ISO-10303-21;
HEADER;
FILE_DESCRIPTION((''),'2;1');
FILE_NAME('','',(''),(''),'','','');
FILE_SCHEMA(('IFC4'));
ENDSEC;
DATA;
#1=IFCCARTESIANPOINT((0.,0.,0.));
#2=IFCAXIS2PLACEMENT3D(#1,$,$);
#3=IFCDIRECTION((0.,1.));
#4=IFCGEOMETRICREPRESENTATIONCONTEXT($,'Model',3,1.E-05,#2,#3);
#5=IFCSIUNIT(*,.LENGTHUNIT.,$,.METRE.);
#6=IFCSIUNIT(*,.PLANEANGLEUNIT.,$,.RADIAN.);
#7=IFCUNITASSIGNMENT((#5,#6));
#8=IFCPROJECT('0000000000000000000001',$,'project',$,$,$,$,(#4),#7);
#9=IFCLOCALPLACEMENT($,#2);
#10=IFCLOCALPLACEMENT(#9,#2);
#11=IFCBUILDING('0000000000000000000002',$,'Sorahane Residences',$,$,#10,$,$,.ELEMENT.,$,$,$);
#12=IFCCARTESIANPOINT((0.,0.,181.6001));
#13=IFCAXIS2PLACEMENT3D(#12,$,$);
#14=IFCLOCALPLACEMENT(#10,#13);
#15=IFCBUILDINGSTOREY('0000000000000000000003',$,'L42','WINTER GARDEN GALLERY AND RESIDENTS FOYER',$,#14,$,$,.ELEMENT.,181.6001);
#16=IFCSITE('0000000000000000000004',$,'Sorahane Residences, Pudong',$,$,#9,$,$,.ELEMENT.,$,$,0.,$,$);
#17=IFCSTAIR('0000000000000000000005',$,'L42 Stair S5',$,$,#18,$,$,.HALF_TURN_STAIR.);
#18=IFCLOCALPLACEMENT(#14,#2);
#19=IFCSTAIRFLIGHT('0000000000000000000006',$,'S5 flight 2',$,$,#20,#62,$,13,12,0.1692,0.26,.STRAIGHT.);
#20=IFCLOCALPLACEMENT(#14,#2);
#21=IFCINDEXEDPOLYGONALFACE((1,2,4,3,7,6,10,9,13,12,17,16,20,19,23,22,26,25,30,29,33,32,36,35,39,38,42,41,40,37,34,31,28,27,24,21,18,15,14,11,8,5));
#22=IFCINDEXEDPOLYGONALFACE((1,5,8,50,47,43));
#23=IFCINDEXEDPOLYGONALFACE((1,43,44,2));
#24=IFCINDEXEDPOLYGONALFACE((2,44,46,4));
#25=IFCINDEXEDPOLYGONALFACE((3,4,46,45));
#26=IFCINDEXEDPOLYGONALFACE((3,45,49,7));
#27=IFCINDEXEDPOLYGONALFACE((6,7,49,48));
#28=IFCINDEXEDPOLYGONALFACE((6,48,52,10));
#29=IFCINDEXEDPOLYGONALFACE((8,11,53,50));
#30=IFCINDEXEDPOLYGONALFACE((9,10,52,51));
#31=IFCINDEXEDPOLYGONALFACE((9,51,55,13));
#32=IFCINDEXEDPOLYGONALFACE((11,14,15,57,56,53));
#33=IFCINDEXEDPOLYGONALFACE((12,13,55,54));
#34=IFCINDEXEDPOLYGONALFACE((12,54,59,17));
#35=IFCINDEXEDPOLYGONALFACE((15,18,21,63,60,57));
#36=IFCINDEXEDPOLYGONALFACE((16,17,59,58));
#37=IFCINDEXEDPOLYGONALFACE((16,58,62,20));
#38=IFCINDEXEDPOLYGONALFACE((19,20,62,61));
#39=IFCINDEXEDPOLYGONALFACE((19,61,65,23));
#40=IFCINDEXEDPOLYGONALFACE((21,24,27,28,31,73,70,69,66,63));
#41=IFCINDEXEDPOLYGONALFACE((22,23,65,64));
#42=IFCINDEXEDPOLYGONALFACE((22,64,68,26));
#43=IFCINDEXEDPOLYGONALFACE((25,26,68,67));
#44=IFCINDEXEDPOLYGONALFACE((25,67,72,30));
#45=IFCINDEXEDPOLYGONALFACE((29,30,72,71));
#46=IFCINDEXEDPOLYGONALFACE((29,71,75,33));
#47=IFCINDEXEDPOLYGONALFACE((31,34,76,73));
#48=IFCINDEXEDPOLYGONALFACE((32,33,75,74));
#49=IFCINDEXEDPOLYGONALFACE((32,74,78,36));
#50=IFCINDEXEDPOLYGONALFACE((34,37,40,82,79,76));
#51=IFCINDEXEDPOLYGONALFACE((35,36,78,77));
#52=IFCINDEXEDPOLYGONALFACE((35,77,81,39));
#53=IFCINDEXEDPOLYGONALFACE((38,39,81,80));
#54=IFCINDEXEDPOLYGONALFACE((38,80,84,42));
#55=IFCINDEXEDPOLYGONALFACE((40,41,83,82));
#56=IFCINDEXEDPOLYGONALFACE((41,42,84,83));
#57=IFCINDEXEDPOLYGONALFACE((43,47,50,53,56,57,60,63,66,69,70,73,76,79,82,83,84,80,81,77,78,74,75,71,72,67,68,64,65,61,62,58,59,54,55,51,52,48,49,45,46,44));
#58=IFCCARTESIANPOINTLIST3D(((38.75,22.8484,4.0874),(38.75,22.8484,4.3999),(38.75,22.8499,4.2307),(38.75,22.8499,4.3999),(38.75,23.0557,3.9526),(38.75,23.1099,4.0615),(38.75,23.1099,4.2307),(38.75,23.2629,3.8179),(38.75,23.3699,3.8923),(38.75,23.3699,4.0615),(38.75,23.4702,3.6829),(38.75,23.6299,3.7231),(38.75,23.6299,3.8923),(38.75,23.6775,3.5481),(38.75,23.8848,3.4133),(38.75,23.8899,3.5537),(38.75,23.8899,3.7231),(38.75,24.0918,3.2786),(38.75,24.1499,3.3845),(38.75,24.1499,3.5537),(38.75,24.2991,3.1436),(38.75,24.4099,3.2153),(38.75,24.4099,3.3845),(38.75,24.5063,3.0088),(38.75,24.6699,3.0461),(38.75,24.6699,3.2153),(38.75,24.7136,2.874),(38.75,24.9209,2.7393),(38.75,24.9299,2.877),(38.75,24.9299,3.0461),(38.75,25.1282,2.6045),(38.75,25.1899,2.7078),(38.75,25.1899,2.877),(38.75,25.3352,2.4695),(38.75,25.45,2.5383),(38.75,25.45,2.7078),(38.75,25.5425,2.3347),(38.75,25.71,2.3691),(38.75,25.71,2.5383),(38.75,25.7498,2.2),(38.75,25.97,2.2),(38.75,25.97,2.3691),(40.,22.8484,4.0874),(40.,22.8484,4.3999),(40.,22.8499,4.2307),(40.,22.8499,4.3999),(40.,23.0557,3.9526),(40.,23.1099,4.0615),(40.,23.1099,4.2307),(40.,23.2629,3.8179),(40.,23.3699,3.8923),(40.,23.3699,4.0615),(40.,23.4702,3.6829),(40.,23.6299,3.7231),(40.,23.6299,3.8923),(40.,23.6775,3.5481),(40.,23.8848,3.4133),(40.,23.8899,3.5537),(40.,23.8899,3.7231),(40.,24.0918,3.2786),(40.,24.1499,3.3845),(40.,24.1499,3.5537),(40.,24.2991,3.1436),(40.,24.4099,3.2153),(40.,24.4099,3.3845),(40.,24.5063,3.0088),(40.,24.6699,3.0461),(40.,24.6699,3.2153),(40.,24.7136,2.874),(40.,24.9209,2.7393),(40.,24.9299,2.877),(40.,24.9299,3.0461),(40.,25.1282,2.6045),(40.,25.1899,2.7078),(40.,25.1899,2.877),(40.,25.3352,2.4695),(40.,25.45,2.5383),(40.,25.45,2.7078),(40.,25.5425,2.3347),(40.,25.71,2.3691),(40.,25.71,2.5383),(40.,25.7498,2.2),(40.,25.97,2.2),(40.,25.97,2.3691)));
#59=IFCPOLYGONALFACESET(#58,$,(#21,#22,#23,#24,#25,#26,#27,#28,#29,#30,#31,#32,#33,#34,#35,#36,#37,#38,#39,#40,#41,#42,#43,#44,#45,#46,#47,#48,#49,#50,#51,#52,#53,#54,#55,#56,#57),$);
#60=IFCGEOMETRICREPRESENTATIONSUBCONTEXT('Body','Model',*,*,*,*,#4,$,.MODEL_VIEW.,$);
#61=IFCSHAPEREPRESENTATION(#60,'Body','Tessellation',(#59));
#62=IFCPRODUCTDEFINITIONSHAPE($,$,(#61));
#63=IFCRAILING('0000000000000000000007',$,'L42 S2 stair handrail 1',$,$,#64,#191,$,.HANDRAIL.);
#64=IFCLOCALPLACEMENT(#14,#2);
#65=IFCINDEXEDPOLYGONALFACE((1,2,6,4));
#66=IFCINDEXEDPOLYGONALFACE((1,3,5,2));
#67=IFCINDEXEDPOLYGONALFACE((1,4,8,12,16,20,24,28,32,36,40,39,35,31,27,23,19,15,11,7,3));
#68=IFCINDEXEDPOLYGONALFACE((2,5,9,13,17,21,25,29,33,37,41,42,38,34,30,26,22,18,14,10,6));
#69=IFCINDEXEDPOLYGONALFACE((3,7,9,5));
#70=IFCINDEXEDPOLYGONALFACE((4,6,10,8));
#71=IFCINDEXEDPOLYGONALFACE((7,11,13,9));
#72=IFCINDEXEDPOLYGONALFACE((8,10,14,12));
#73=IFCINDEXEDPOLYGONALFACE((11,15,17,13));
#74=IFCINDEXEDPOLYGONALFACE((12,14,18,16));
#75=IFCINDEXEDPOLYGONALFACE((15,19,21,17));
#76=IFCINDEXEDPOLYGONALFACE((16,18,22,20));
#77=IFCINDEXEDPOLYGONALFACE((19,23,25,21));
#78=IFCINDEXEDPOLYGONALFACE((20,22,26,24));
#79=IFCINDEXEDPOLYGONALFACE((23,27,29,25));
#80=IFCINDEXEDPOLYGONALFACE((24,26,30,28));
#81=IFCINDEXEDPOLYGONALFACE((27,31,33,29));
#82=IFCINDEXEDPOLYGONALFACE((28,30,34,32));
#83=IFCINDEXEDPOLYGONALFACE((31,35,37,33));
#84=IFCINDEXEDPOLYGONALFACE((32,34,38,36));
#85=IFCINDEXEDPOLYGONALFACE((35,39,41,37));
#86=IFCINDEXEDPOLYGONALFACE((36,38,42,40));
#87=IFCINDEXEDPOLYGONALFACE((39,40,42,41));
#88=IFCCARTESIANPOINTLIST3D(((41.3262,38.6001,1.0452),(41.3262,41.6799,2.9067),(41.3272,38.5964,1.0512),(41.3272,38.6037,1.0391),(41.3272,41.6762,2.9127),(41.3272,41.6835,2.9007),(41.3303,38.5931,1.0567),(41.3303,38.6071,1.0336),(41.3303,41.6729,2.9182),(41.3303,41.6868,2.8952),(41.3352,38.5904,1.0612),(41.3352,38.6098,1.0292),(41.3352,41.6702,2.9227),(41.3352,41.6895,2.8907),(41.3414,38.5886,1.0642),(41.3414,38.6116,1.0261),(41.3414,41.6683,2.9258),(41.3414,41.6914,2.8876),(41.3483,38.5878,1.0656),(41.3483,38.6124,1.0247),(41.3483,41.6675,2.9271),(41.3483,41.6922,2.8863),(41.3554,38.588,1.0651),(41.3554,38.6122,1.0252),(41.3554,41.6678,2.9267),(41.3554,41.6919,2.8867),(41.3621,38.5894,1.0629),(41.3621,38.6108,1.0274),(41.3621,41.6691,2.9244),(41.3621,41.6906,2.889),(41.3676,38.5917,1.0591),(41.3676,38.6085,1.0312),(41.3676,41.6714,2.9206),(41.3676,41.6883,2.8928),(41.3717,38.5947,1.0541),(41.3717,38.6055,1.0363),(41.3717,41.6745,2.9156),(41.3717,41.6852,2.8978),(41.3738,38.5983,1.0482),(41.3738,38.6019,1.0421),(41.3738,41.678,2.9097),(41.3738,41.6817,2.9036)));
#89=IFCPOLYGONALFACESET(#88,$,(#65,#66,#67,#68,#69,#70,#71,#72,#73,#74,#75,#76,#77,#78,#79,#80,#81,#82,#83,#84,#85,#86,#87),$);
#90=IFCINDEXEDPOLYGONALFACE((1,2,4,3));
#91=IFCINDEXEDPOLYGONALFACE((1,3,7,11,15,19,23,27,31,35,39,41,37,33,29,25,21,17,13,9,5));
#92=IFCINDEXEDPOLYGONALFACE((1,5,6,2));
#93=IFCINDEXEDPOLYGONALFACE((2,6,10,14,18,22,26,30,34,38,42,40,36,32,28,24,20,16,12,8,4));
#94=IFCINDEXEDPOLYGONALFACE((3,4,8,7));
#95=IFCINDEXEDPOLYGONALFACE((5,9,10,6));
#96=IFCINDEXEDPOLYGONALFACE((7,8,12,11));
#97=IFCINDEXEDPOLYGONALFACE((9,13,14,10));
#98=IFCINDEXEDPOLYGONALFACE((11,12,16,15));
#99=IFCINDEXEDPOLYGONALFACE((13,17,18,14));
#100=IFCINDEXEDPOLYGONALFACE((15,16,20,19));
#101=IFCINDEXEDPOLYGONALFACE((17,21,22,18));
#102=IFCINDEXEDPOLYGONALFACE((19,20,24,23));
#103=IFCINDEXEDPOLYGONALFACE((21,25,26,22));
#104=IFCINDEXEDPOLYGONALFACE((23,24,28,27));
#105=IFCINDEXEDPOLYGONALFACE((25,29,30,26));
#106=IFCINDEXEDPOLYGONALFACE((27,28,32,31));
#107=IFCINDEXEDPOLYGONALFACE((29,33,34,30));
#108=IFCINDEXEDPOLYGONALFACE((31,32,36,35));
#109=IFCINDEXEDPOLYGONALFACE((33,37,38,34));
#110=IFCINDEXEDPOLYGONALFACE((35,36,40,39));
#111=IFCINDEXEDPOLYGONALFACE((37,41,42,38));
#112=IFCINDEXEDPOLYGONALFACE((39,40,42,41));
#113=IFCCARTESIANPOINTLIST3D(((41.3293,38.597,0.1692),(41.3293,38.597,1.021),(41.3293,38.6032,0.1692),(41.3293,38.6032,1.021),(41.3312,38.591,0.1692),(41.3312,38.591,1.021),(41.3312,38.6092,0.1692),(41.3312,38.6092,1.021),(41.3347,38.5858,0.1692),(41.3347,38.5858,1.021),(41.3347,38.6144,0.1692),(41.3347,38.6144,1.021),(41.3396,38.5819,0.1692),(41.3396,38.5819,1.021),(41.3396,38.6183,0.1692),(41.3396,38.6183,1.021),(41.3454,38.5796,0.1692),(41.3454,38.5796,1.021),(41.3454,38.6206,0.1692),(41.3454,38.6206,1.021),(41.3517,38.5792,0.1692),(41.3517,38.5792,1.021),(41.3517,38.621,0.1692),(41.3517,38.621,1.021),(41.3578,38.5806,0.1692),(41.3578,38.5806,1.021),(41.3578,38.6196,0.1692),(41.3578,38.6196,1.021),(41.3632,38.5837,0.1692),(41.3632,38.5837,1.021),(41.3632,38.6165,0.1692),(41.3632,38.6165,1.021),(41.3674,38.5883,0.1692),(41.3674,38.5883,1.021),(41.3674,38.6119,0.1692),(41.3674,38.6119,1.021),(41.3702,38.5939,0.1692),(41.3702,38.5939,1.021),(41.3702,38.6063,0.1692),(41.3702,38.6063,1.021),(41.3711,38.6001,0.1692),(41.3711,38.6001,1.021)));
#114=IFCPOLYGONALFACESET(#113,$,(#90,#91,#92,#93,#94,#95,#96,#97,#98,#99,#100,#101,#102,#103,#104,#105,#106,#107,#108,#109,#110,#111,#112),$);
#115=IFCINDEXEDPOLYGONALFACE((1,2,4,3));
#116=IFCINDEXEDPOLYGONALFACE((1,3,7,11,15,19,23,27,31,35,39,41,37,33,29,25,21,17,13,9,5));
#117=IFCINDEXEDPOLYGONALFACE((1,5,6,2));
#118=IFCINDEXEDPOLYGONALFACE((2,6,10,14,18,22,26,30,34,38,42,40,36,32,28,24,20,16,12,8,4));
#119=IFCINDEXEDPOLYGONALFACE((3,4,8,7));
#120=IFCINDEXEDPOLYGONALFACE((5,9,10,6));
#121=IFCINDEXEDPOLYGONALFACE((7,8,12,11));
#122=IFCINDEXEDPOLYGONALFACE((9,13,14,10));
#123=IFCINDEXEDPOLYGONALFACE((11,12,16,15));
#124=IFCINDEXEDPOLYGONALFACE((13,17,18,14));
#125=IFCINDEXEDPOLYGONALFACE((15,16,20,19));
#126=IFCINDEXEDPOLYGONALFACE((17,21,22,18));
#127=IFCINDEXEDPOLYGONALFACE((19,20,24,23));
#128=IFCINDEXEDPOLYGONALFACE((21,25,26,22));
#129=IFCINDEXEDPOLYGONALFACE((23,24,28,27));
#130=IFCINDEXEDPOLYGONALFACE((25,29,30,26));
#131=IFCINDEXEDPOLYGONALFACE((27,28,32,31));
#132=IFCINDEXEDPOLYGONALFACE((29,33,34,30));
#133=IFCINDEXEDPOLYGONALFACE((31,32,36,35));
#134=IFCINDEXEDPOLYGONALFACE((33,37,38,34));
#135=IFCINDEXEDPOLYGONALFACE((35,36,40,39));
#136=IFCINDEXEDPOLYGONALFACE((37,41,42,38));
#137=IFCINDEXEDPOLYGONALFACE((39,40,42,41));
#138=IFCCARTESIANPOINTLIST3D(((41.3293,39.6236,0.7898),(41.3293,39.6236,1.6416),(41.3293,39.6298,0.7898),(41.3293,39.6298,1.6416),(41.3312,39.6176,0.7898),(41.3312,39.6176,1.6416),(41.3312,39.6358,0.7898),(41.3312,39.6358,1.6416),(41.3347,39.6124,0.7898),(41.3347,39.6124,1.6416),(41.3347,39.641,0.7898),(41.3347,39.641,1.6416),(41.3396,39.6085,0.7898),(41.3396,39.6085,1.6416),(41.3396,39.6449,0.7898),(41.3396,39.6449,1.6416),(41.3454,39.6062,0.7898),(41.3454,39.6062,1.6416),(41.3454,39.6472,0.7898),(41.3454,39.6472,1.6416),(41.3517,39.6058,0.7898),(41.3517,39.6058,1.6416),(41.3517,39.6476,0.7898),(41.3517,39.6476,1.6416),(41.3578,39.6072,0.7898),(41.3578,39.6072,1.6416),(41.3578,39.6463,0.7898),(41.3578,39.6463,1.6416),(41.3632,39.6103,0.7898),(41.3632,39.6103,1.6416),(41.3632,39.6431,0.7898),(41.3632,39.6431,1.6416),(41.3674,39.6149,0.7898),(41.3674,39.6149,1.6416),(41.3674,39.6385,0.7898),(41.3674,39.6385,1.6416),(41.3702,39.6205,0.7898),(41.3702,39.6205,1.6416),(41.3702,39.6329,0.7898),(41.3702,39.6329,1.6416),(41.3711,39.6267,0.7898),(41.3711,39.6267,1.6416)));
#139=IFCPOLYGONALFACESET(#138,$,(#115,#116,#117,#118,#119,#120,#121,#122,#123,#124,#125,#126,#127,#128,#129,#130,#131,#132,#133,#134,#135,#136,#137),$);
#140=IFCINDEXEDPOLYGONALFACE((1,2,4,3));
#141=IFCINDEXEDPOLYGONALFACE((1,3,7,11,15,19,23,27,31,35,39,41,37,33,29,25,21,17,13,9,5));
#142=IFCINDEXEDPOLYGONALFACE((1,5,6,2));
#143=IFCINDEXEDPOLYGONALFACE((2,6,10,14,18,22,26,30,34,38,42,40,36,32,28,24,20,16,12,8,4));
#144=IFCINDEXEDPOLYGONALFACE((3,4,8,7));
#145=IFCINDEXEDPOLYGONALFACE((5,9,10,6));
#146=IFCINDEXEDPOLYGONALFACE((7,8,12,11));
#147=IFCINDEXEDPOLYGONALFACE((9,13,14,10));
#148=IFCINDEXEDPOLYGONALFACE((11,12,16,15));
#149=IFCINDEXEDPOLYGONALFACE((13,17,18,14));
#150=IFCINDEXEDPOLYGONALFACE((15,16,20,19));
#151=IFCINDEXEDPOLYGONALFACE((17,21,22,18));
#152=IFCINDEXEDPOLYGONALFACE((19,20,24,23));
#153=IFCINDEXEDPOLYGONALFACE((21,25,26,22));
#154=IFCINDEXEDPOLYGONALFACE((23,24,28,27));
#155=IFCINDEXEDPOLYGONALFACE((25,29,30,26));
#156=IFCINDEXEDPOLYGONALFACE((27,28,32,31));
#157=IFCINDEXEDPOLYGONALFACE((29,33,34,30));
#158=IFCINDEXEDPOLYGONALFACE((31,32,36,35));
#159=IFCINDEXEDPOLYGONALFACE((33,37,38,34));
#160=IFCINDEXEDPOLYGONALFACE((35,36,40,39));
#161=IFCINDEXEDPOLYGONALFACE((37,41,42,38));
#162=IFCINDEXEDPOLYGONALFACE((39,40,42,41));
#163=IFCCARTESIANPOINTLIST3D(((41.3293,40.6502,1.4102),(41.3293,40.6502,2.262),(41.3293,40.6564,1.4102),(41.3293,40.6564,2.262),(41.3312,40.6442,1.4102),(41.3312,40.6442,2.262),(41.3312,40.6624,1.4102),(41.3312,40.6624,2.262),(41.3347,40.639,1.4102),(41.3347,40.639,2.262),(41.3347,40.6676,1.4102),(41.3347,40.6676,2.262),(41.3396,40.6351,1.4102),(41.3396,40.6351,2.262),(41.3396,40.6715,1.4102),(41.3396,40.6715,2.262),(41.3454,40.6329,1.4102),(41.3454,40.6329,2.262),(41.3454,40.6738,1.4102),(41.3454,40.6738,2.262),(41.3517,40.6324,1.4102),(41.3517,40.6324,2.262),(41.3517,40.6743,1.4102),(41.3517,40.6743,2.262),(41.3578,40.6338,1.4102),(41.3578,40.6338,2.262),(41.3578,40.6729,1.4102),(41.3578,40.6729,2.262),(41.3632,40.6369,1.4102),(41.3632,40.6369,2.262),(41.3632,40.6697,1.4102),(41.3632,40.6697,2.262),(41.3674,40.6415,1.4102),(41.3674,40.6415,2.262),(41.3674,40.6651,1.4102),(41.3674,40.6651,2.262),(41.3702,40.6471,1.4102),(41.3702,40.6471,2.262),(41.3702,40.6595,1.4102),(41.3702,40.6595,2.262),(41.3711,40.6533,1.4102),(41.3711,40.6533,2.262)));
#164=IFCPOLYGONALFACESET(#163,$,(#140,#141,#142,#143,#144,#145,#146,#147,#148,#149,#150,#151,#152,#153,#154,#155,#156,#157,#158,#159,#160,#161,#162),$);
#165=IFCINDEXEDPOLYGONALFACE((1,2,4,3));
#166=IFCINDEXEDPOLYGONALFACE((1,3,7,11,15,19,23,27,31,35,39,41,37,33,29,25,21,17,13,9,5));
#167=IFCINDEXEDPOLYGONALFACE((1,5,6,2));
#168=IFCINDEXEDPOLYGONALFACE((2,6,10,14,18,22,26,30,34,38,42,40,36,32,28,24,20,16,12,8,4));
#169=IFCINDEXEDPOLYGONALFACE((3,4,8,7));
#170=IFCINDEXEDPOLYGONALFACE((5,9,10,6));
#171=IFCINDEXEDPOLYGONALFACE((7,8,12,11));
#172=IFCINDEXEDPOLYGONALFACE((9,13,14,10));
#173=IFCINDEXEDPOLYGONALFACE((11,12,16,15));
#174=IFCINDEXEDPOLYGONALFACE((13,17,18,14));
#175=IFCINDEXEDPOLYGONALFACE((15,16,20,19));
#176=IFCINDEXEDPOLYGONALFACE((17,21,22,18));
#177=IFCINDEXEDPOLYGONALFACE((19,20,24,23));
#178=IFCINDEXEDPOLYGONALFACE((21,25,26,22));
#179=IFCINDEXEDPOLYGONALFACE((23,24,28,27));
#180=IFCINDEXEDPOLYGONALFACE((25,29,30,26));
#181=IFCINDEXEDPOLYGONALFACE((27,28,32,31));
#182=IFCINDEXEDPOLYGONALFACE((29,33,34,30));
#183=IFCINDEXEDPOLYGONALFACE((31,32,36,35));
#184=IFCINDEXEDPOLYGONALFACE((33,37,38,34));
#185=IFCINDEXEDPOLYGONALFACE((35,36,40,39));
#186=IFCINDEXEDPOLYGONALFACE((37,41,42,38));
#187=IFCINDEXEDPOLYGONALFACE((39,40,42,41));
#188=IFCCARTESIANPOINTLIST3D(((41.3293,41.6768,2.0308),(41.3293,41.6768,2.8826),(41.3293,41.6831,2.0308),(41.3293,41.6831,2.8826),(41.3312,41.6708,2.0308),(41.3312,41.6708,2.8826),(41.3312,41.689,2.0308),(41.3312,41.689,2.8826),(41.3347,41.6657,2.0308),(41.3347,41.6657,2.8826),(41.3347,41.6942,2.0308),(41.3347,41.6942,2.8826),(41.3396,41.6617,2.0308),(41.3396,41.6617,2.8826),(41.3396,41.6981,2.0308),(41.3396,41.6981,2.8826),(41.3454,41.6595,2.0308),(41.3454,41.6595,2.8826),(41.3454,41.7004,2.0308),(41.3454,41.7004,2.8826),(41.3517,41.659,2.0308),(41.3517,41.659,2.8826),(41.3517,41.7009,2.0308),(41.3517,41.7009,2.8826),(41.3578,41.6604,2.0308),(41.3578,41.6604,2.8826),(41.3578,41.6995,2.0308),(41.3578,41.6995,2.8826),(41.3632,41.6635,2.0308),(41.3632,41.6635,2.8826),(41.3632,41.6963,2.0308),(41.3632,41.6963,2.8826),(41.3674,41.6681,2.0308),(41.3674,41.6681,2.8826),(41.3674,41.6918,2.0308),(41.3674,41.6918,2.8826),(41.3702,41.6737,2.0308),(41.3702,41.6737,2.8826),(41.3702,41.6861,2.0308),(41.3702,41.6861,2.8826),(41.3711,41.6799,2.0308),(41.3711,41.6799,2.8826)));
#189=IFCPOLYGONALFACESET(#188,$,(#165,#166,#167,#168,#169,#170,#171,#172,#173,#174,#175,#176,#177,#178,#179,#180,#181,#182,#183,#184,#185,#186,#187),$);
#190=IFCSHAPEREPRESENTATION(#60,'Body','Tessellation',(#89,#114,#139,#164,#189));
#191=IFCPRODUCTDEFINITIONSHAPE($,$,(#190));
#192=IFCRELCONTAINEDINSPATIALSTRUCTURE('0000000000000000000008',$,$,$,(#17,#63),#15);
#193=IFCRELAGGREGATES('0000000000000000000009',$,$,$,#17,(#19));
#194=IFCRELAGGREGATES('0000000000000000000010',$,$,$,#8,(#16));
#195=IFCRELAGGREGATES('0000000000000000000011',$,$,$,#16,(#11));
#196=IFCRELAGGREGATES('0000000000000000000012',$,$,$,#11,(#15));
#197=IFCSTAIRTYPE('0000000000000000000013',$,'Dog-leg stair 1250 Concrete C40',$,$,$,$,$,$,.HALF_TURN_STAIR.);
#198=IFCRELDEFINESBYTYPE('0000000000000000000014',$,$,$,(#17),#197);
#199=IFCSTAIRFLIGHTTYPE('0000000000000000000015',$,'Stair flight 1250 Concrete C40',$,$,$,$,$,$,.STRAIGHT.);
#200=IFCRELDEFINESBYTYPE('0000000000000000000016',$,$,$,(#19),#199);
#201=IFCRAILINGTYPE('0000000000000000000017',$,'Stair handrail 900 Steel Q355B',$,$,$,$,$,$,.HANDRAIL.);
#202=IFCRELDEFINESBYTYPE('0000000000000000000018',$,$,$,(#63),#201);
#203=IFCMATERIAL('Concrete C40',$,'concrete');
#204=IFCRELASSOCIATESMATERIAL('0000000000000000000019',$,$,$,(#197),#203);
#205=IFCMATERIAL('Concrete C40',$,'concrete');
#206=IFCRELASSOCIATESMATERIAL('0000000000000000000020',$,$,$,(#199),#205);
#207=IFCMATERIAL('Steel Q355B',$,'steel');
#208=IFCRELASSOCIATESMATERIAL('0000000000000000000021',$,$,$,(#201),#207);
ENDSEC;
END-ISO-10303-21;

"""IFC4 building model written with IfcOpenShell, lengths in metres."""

from ifc_helpers import new_model, si_unit, direction, frame, origin, origin_2d, place, context, subcontext, project, spatial, polyline, circle, outline, extrude, material, type_object, element, aggregate, save


model = new_model("IFC4")

# Units and contexts
model_context = context("Model", 3, precision=1e-05, world=origin(), true_north=direction((0.0, 1.0)))
body_context = subcontext(model_context, "Body", "Model", "MODEL_VIEW")
ifc_project = project(units=[si_unit("LENGTHUNIT", "METRE"), si_unit("PLANEANGLEUNIT", "RADIAN")], contexts=[model_context])

# Site, building, storey
site_placement = place(None, origin())
site = spatial("IfcSite", under=ifc_project, at=site_placement, Name="Sorahane Residences, Pudong", CompositionType="ELEMENT", RefElevation=0.0)
building_placement = place(site_placement, origin())
building = spatial("IfcBuilding", under=site, at=building_placement, Name="Sorahane Residences", CompositionType="ELEMENT")
storey_placement = place(building_placement, frame((0.0, 0.0, 181.6001)))
storey = spatial("IfcBuildingStorey", under=building, at=storey_placement, Name="L42", Description="WINTER GARDEN GALLERY AND RESIDENTS FOYER", CompositionType="ELEMENT", Elevation=181.6001)

# Stair, stair flight
ifc_material_1 = material(Name="Concrete C40", Category="concrete")
stair_type = type_object("IfcStairType", Name="Dog-leg stair 1250 Concrete C40", PredefinedType="HALF_TURN_STAIR", material=ifc_material_1)
ifc_material_2 = material(Name="Concrete C40", Category="concrete")
stair_flight_type = type_object("IfcStairFlightType", Name="Stair flight 1250 Concrete C40", PredefinedType="STRAIGHT", material=ifc_material_2)
stair_1_placement = place(storey_placement, origin())
stair_1 = element("IfcStair", 1, at=stair_1_placement, inside=storey, type_object=stair_type, Name="L42 Stair S5", PredefinedType="HALF_TURN_STAIR")
stair_flight_1_placement = place(storey_placement, frame((39.375, 25.97, 2.2), z_axis=(0.0, 0.0, 1.0), x_axis=(0.0, -1.0, 0.0)))
stair_flight_1 = element("IfcStairFlight", 2, at=stair_flight_1_placement, type_object=stair_flight_type, Name="S5 flight 2", NumberOfRisers=13, NumberOfTreads=12, PredefinedType="STRAIGHT", RiserHeight=0.1692, TreadLength=0.26, context=body_context, shape_type="SweptSolid", body=[
    extrude(outline(polyline([(0.0, 0.0), (0.0, 0.1692), (0.26, 0.1692), (0.26, 0.3384), (0.52, 0.3384), (0.52, 0.5078), (0.78, 0.5078), (0.78, 0.677), (1.04, 0.677), (1.04, 0.8462), (1.3, 0.8462), (1.3, 1.0154), (1.5601, 1.0154), (1.5601, 1.1846), (1.8201, 1.1846), (1.8201, 1.3538), (2.0801, 1.3538), (2.0801, 1.5232), (2.3401, 1.5232), (2.3401, 1.6924), (2.6001, 1.6924), (2.6001, 1.8616), (2.8601, 1.8616), (2.8601, 2.0308), (3.1201, 2.0308), (3.1201, 2.2), (3.1216, 2.2), (3.1216, 1.8875), (2.9143, 1.7527), (2.707, 1.6179), (2.4998, 1.4829), (2.2925, 1.3481), (2.0852, 1.2134), (1.8782, 1.0786), (1.6709, 0.9436), (1.4636, 0.8088), (1.2563, 0.6741), (1.0491, 0.5393), (0.8418, 0.4045), (0.6348, 0.2695), (0.4275, 0.1348), (0.2202, 0.0), (0.0, 0.0)])), frame((0.0, 0.625, 0.0), z_axis=(0.0, -1.0, 0.0), x_axis=(1.0, 0.0, 0.0)), (0.0, 0.0, 1.0), 1.25),
])
aggregate(stair_1, [stair_flight_1])

# Railing
ifc_material_3 = material(Name="Steel Q355B", Category="steel")
railing_type_1 = type_object("IfcRailingType", Name="Stair handrail 900 Steel Q355B", PredefinedType="HANDRAIL", material=ifc_material_3)
railing_1_placement = place(storey_placement, frame((41.3501, 38.6001, 0.1692)))
element("IfcRailing", 3, at=railing_1_placement, inside=storey, type_object=railing_type_1, Name="L42 S2 stair handrail 1", PredefinedType="HANDRAIL", context=body_context, shape_type="SweptSolid", body=[
    extrude(circle(Radius=0.0239, at=origin_2d()), frame((0.0, 0.0, 0.876), z_axis=(0.0, 0.855812, 0.517286), x_axis=(-1.0, 0.0, 0.0)), (0.0, 0.0, 1.0), 3.5986),
    extrude(circle(Radius=0.021, at=origin_2d()), origin(), (0.0, 0.0, 1.0), 0.8518),
    extrude(circle(Radius=0.021, at=origin_2d()), frame((0.0, 1.0266, 0.6206)), (0.0, 0.0, 1.0), 0.8518),
    extrude(circle(Radius=0.021, at=origin_2d()), frame((0.0, 2.0532, 1.241)), (0.0, 0.0, 1.0), 0.8518),
    extrude(circle(Radius=0.021, at=origin_2d()), frame((0.0, 3.0798, 1.8616)), (0.0, 0.0, 1.0), 0.8518),
])

save(model, "model.ifc")
